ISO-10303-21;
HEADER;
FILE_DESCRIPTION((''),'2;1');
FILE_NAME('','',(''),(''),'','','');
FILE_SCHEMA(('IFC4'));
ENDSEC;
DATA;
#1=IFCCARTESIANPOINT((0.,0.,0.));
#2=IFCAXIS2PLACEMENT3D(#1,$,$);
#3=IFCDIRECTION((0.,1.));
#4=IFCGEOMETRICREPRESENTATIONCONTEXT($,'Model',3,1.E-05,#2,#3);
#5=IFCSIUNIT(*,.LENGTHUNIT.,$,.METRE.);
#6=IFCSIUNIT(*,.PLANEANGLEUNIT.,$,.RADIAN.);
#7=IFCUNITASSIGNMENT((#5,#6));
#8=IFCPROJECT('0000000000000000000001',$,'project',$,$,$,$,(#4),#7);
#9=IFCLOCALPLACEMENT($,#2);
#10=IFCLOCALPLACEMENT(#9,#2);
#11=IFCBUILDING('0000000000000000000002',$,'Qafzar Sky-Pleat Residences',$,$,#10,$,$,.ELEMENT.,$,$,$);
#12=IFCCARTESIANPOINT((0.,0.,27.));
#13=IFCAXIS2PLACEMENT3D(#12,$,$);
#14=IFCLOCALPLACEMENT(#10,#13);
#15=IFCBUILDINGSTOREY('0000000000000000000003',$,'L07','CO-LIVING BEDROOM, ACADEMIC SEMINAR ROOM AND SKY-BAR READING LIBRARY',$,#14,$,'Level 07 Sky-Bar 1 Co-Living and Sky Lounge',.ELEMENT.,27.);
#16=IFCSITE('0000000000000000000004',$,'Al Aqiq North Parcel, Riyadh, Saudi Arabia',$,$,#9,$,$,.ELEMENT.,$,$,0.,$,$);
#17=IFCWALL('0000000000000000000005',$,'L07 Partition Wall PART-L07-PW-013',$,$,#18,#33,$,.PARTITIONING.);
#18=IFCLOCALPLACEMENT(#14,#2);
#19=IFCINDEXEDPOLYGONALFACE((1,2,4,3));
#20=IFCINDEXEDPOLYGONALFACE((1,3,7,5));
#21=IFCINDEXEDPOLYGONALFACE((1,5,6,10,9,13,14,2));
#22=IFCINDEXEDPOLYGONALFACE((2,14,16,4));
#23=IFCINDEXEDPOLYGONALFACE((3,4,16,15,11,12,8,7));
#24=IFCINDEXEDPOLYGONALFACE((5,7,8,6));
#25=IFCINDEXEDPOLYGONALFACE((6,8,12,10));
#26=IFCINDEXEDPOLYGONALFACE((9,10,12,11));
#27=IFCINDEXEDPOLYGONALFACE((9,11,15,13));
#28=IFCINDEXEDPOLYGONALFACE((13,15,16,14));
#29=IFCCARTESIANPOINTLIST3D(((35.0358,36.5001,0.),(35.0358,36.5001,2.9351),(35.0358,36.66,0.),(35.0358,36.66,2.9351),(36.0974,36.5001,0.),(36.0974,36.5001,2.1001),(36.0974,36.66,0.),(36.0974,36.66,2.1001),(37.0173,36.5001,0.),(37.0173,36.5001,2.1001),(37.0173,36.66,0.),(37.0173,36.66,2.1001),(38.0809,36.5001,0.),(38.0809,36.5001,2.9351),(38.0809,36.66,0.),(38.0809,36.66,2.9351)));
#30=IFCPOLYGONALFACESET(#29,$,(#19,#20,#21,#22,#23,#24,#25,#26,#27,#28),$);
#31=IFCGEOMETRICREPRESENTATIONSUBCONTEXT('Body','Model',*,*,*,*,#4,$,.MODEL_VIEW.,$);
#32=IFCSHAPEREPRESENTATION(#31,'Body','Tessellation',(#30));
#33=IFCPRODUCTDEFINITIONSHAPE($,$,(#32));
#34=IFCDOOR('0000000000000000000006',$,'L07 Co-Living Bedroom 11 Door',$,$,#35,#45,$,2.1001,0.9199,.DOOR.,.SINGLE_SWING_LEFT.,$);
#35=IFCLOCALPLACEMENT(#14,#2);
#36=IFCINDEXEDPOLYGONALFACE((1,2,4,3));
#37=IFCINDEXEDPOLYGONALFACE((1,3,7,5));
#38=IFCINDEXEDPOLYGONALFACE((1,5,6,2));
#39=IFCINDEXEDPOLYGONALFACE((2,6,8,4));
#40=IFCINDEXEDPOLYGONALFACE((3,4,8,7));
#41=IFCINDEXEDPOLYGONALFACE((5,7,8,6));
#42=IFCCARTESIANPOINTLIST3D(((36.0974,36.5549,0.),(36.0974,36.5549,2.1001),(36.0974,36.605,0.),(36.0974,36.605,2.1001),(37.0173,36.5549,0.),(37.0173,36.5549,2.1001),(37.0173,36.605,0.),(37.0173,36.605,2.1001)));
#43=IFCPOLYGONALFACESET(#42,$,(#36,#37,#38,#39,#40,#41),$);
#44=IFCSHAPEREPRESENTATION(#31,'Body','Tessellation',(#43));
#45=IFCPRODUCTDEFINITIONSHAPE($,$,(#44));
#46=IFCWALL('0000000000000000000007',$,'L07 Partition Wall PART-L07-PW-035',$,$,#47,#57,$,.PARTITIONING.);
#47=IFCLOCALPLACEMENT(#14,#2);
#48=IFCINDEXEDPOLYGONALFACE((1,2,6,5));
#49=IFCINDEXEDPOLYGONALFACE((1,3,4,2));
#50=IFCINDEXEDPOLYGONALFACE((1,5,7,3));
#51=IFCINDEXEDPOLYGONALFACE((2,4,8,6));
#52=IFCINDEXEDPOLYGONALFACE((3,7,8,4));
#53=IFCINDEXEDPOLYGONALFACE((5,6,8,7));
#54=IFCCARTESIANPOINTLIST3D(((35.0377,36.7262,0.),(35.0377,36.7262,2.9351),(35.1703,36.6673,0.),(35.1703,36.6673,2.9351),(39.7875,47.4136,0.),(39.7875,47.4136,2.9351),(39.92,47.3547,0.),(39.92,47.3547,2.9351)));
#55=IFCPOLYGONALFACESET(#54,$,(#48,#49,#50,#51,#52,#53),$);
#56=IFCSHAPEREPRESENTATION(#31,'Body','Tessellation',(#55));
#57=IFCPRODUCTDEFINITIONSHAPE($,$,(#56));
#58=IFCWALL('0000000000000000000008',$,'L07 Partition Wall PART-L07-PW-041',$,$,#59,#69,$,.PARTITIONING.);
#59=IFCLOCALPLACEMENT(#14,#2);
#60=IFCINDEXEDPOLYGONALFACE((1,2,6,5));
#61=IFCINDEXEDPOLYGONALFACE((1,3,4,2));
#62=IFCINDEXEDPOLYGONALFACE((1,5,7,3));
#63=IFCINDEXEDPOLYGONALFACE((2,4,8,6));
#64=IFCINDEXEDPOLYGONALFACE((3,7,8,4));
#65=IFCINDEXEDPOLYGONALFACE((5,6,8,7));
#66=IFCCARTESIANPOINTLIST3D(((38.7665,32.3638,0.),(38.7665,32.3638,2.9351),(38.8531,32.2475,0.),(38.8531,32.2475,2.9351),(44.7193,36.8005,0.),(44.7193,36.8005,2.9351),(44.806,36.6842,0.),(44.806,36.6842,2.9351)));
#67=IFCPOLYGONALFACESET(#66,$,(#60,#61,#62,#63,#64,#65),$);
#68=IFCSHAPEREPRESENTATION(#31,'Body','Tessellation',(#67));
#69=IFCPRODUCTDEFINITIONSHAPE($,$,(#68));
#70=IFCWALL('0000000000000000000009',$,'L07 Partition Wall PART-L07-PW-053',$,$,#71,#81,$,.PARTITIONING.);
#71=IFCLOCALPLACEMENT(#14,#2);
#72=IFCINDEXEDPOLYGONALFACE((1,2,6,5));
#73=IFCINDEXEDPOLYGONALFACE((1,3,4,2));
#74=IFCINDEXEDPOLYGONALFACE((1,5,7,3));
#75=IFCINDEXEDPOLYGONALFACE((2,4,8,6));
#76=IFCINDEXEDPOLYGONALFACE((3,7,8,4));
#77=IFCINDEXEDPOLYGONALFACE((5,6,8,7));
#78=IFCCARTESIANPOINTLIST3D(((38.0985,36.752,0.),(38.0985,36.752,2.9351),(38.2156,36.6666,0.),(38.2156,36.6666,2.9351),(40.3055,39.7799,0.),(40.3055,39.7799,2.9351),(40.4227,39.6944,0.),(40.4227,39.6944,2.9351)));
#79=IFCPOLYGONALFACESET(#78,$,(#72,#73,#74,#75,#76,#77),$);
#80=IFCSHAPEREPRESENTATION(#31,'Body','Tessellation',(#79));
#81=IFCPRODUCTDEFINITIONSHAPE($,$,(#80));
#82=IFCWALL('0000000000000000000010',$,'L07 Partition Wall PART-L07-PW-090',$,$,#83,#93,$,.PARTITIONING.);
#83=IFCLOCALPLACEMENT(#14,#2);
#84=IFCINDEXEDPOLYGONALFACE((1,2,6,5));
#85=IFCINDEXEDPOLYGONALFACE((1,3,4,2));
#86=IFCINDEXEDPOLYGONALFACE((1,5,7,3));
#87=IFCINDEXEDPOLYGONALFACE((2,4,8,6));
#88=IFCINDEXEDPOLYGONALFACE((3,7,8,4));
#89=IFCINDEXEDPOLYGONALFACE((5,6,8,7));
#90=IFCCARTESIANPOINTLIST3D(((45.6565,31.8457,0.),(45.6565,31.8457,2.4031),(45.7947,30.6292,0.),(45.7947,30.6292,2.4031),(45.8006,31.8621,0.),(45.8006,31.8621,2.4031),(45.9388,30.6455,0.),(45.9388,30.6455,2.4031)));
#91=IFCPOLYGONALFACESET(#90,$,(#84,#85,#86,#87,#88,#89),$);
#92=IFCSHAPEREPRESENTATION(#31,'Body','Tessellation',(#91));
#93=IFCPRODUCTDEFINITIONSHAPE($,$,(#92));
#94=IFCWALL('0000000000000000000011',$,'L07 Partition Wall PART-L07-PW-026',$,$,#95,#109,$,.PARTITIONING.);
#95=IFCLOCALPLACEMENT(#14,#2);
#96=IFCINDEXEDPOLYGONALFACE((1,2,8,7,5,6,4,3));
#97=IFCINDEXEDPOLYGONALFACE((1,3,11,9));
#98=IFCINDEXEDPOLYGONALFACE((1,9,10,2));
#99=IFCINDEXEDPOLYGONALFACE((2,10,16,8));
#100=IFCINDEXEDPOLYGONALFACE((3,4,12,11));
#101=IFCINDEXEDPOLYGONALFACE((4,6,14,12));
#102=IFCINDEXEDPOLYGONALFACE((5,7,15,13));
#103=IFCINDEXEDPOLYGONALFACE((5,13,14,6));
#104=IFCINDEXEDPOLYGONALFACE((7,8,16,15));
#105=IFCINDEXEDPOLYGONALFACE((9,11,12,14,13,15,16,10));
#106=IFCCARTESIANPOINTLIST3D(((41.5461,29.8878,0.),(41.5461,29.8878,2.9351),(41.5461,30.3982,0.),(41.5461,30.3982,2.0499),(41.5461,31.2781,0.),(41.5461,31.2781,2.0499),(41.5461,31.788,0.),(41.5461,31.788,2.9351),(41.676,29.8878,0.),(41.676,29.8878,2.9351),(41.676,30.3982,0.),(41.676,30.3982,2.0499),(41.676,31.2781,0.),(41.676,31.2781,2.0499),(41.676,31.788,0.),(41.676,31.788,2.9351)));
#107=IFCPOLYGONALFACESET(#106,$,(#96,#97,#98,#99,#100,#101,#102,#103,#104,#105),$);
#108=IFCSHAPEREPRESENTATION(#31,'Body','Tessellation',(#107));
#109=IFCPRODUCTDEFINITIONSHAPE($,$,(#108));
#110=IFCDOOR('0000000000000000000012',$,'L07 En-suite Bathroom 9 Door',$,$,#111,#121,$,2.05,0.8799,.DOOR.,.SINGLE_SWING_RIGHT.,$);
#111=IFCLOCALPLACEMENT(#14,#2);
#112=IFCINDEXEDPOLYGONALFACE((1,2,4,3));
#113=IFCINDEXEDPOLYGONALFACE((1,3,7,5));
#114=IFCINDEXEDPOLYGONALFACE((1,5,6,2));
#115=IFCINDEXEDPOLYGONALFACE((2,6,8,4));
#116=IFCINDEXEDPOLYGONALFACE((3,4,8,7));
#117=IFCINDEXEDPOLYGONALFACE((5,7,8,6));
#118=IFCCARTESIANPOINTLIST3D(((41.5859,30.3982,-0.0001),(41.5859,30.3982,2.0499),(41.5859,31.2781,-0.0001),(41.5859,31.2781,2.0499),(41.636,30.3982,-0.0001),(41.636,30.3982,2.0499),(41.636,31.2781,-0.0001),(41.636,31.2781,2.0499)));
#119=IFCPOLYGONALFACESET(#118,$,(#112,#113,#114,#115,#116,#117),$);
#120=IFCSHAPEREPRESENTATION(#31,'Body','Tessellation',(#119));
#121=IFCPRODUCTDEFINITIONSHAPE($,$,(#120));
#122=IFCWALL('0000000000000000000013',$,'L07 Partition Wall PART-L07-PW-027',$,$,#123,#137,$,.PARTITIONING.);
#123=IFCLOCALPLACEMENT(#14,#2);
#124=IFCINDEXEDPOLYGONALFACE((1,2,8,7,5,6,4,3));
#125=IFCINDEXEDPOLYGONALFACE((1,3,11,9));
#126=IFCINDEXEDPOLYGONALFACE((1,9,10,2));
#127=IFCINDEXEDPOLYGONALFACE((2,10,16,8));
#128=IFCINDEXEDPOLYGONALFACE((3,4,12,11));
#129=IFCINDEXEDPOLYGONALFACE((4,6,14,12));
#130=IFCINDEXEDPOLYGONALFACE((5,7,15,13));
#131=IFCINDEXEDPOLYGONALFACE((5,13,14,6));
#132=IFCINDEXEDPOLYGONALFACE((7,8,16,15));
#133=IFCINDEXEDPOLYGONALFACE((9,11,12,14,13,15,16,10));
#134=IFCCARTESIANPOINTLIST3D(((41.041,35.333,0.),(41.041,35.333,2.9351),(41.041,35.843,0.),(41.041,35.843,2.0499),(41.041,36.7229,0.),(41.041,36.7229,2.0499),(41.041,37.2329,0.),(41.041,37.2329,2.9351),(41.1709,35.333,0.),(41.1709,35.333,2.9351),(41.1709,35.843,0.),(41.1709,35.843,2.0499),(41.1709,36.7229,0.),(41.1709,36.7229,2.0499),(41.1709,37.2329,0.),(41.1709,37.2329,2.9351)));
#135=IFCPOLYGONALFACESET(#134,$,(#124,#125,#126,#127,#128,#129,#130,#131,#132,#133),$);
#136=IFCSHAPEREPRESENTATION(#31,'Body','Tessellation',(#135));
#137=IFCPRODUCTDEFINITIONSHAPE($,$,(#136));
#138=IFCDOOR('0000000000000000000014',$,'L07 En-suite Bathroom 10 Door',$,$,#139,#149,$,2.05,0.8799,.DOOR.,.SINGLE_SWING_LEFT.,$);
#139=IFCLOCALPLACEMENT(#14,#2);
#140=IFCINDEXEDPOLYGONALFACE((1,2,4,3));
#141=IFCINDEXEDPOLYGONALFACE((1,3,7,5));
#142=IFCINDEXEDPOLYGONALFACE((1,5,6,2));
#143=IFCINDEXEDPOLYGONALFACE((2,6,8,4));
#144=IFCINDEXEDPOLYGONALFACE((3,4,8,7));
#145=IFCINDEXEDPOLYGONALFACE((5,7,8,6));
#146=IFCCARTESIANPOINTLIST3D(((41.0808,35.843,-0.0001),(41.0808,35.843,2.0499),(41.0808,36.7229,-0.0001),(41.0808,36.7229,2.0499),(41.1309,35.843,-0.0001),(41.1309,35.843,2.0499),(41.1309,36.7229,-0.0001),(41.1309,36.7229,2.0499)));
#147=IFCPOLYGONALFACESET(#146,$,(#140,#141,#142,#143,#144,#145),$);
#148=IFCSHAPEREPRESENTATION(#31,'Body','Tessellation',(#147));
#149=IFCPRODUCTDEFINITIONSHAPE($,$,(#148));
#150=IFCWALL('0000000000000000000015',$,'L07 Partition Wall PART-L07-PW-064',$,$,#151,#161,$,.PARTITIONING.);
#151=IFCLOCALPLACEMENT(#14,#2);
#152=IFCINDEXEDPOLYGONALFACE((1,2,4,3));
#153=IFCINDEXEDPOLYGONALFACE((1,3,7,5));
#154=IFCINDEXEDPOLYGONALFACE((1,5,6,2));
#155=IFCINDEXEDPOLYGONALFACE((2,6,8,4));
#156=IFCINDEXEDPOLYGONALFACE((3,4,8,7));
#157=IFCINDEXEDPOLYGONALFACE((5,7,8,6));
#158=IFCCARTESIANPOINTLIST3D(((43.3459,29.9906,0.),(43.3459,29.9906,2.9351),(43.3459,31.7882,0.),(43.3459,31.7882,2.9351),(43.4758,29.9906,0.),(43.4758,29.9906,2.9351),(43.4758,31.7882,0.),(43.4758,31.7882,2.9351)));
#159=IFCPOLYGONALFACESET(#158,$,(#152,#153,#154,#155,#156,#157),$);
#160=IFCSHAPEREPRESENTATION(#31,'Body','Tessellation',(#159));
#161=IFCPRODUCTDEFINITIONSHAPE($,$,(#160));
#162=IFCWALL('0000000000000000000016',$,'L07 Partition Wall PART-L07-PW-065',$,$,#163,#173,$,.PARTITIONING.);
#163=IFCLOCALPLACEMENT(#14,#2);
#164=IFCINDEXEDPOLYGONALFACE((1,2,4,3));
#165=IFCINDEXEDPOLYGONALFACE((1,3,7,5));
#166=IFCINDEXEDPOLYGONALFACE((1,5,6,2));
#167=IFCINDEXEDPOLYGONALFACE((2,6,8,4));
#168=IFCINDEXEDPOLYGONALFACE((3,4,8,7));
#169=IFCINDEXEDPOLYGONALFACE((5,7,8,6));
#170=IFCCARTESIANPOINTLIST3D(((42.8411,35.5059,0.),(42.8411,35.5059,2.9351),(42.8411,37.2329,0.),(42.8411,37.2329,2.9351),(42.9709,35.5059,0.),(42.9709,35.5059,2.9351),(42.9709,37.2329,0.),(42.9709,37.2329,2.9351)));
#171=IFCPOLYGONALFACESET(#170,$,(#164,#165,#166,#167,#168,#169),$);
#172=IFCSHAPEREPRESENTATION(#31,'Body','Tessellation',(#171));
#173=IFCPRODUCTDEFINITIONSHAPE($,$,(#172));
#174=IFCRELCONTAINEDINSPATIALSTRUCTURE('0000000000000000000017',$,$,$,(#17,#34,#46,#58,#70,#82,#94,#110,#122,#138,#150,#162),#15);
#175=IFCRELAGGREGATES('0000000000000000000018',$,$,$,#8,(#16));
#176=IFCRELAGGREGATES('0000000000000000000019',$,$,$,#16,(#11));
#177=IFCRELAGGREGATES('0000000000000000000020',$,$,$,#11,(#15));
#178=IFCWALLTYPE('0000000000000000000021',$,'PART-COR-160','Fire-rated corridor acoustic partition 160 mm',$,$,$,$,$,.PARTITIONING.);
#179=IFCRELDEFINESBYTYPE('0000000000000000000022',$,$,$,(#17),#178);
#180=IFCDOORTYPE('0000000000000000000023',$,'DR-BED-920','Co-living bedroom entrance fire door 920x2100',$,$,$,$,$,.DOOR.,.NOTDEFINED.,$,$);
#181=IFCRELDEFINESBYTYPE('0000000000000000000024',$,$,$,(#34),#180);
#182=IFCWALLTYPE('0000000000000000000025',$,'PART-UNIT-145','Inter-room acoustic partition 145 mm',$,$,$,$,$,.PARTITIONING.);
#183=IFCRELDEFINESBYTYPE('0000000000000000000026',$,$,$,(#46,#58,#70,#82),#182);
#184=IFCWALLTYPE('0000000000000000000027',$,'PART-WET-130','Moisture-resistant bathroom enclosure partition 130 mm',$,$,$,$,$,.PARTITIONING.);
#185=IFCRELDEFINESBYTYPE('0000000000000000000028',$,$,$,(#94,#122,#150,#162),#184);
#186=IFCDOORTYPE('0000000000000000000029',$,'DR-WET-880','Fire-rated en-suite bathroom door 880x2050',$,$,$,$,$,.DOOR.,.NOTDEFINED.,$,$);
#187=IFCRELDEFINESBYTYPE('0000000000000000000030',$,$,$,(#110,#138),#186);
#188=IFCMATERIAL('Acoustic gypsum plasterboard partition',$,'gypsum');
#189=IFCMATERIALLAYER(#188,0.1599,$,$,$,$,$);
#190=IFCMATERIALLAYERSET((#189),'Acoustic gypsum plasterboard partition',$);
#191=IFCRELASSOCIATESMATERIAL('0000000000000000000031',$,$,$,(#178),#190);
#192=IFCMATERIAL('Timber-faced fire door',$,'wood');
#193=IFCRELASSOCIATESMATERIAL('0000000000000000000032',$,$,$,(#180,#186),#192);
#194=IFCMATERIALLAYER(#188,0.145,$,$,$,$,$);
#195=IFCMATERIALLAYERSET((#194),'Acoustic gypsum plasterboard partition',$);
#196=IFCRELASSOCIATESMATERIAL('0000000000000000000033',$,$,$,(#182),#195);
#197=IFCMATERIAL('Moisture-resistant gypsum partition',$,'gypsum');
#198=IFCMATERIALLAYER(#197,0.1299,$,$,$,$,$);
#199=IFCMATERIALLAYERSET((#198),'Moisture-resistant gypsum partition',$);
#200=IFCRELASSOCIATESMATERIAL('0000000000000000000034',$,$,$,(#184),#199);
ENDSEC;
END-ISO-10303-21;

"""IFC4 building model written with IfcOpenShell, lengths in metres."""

from ifc_helpers import new_model, si_unit, direction, frame, frame_2d, origin, place, context, subcontext, project, spatial, rectangle, extrude, source, transform, mapped, material, layer, layer_set, type_object, element, fill, save


model = new_model("IFC4")

# Units and contexts
model_context = context("Model", 3, precision=1e-05, world=origin(), true_north=direction((0.0, 1.0)))
body_context = subcontext(model_context, "Body", "Model", "MODEL_VIEW")
ifc_project = project(units=[si_unit("LENGTHUNIT", "METRE"), si_unit("PLANEANGLEUNIT", "RADIAN")], contexts=[model_context])

# Site, building, storey
site_placement = place(None, origin())
site = spatial("IfcSite", under=ifc_project, at=site_placement, Name="Al Aqiq North Parcel, Riyadh, Saudi Arabia", CompositionType="ELEMENT", RefElevation=0.0)
building_placement = place(site_placement, origin())
building = spatial("IfcBuilding", under=site, at=building_placement, Name="Qafzar Sky-Pleat Residences", CompositionType="ELEMENT")
storey_placement = place(building_placement, frame((0.0, 0.0, 27.0)))
storey = spatial("IfcBuildingStorey", under=building, at=storey_placement, Name="L07", Description="CO-LIVING BEDROOM, ACADEMIC SEMINAR ROOM AND SKY-BAR READING LIBRARY", LongName="Level 07 Sky-Bar 1 Co-Living and Sky Lounge", CompositionType="ELEMENT", Elevation=27.0)

# Wall, opening, door
ifc_material_1 = material(Name="Acoustic gypsum plasterboard partition", Category="gypsum")
ifc_layer_1 = layer(ifc_material_1, 0.1599)
ifc_layer_set_1 = layer_set([ifc_layer_1], Name="Acoustic gypsum plasterboard partition")
wall_type_1 = type_object("IfcWallType", Name="PART-COR-160", Description="Fire-rated corridor acoustic partition 160 mm", PredefinedType="PARTITIONING", material=ifc_layer_set_1)
ifc_material_2 = material(Name="Timber-faced fire door", Category="wood")
door_type_1 = type_object("IfcDoorType", Name="DR-BED-920", Description="Co-living bedroom entrance fire door 920x2100", OperationType="NOTDEFINED", PredefinedType="DOOR", material=ifc_material_2)
shared_shape_1 = source(origin(), body_context, "Body", "SweptSolid", [
    extrude(rectangle(XDim=0.9199, YDim=2.1001, at=frame_2d((0.46, 1.05))), frame((0.0, 0.0249, 0.0), z_axis=(0.0, -1.0, 0.0), x_axis=(1.0, 0.0, 0.0)), (0.0, 0.0, 1.0), 0.05),
])
wall_1_placement = place(storey_placement, frame((35.0359, 36.5801, 0.0), z_axis=(0.0, 0.0, 1.0), x_axis=(1.0, 0.0, 0.0)))
wall_1 = element("IfcWall", 1, at=wall_1_placement, inside=storey, type_object=wall_type_1, Name="L07 Partition Wall PART-L07-PW-013", PredefinedType="PARTITIONING", context=body_context, shape_type="SweptSolid", body=[
    extrude(rectangle(XDim=3.0452, YDim=0.1599, at=frame_2d((1.5225, 0.0))), origin(), (0.0, 0.0, 1.0), 2.9351),
])
opening_1_placement = place(wall_1_placement, frame((1.0615, 0.0, 0.0)))
opening_1 = element("IfcOpeningElement", 2, at=opening_1_placement, cuts=wall_1, PredefinedType="OPENING", context=body_context, shape_type="SweptSolid", body=[
    extrude(rectangle(XDim=0.9199, YDim=2.1001, at=frame_2d((0.46, 1.05))), frame((0.0, 0.0898, 0.0), z_axis=(0.0, -1.0, 0.0), x_axis=(1.0, 0.0, 0.0)), (0.0, 0.0, 1.0), 0.1799),
])
door_1_placement = place(opening_1_placement, origin())
door_1 = element("IfcDoor", 3, at=door_1_placement, inside=storey, type_object=door_type_1, Name="L07 Co-Living Bedroom 11 Door", OperationType="SINGLE_SWING_LEFT", OverallHeight=2.1001, OverallWidth=0.9199, PredefinedType="DOOR", context=body_context, shape_type="MappedRepresentation", body=[
    mapped(shared_shape_1, transform((0.0, 0.0, 0.0), x_axis=(1.0, 0.0, 0.0), y_axis=(0.0, 1.0, 0.0), z_axis=(0.0, 0.0, 1.0), scale=1.0)),
])
fill(opening_1, door_1)

# Walls
ifc_layer_2 = layer(ifc_material_1, 0.145)
ifc_layer_set_2 = layer_set([ifc_layer_2], Name="Acoustic gypsum plasterboard partition")
wall_type_2 = type_object("IfcWallType", Name="PART-UNIT-145", Description="Inter-room acoustic partition 145 mm", PredefinedType="PARTITIONING", material=ifc_layer_set_2)
wall_2_placement = place(storey_placement, frame((35.104, 36.6968, 0.0), z_axis=(0.0, 0.0, 1.0), x_axis=(0.406121, 0.913819, 0.0)))
element("IfcWall", 4, at=wall_2_placement, inside=storey, type_object=wall_type_2, Name="L07 Partition Wall PART-L07-PW-035", PredefinedType="PARTITIONING", context=body_context, shape_type="SweptSolid", body=[
    extrude(rectangle(XDim=11.6953, YDim=0.145, at=frame_2d((5.8477, 0.0))), origin(), (0.0, 0.0, 1.0), 2.9351),
])
wall_3_placement = place(storey_placement, frame((38.8098, 32.3057, 0.0), z_axis=(0.0, 0.0, 1.0), x_axis=(0.8018, 0.597593, 0.0)))
element("IfcWall", 5, at=wall_3_placement, inside=storey, type_object=wall_type_2, Name="L07 Partition Wall PART-L07-PW-041", PredefinedType="PARTITIONING", context=body_context, shape_type="SweptSolid", body=[
    extrude(rectangle(XDim=7.4243, YDim=0.145, at=frame_2d((3.7122, 0.0))), origin(), (0.0, 0.0, 1.0), 2.9351),
])
wall_4_placement = place(storey_placement, frame((38.157, 36.7092, 0.0), z_axis=(0.0, 0.0, 1.0), x_axis=(0.589039, 0.808104, 0.0)))
element("IfcWall", 6, at=wall_4_placement, inside=storey, type_object=wall_type_2, Name="L07 Partition Wall PART-L07-PW-053", PredefinedType="PARTITIONING", context=body_context, shape_type="SweptSolid", body=[
    extrude(rectangle(XDim=3.7468, YDim=0.145, at=frame_2d((1.8735, 0.0))), origin(), (0.0, 0.0, 1.0), 2.9351),
])
wall_5_placement = place(storey_placement, frame((45.7285, 31.854, 0.0), z_axis=(0.0, 0.0, 1.0), x_axis=(0.11286, -0.993611, 0.0)))
element("IfcWall", 7, at=wall_5_placement, inside=storey, type_object=wall_type_2, Name="L07 Partition Wall PART-L07-PW-090", PredefinedType="PARTITIONING", context=body_context, shape_type="SweptSolid", body=[
    extrude(rectangle(XDim=1.2244, YDim=0.145, at=frame_2d((0.6123, 0.0))), origin(), (0.0, 0.0, 1.0), 2.4031),
])

# Walls, openings, doors
ifc_material_3 = material(Name="Moisture-resistant gypsum partition", Category="gypsum")
ifc_layer_3 = layer(ifc_material_3, 0.1299)
ifc_layer_set_3 = layer_set([ifc_layer_3], Name="Moisture-resistant gypsum partition")
wall_type_3 = type_object("IfcWallType", Name="PART-WET-130", Description="Moisture-resistant bathroom enclosure partition 130 mm", PredefinedType="PARTITIONING", material=ifc_layer_set_3)
wall_6_placement = place(storey_placement, frame((41.6111, 31.7881, 0.0), z_axis=(0.0, 0.0, 1.0), x_axis=(0.0, -1.0, 0.0)))
wall_6 = element("IfcWall", 8, at=wall_6_placement, inside=storey, type_object=wall_type_3, Name="L07 Partition Wall PART-L07-PW-026", PredefinedType="PARTITIONING", context=body_context, shape_type="SweptSolid", body=[
    extrude(rectangle(XDim=1.9001, YDim=0.1299, at=frame_2d((0.9502, 0.0))), origin(), (0.0, 0.0, 1.0), 2.9351),
])
opening_2_placement = place(wall_6_placement, frame((0.51, 0.0, 0.0)))
opening_2 = element("IfcOpeningElement", 9, at=opening_2_placement, cuts=wall_6, PredefinedType="OPENING", context=body_context, shape_type="SweptSolid", body=[
    extrude(rectangle(XDim=0.8799, YDim=2.05, at=frame_2d((0.4399, 1.0249))), frame((0.0, 0.075, 0.0), z_axis=(0.0, -1.0, 0.0), x_axis=(1.0, 0.0, 0.0)), (0.0, 0.0, 1.0), 0.1499),
])
door_type_2 = type_object("IfcDoorType", Name="DR-WET-880", Description="Fire-rated en-suite bathroom door 880x2050", OperationType="NOTDEFINED", PredefinedType="DOOR", material=ifc_material_2)
shared_shape_2 = source(origin(), body_context, "Body", "SweptSolid", [
    extrude(rectangle(XDim=0.8799, YDim=2.05, at=frame_2d((0.4399, 1.0249))), frame((0.0, 0.0249, 0.0), z_axis=(0.0, -1.0, 0.0), x_axis=(1.0, 0.0, 0.0)), (0.0, 0.0, 1.0), 0.05),
])
door_2_placement = place(opening_2_placement, origin())
door_2 = element("IfcDoor", 10, at=door_2_placement, inside=storey, type_object=door_type_2, Name="L07 En-suite Bathroom 9 Door", OperationType="SINGLE_SWING_RIGHT", OverallHeight=2.05, OverallWidth=0.8799, PredefinedType="DOOR", context=body_context, shape_type="MappedRepresentation", body=[
    mapped(shared_shape_2, transform((0.0, 0.0, 0.0), x_axis=(1.0, 0.0, 0.0), y_axis=(0.0, 1.0, 0.0), z_axis=(0.0, 0.0, 1.0), scale=1.0)),
])
fill(opening_2, door_2)
wall_7_placement = place(storey_placement, frame((41.106, 37.2329, 0.0), z_axis=(0.0, 0.0, 1.0), x_axis=(0.0, -1.0, 0.0)))
wall_7 = element("IfcWall", 11, at=wall_7_placement, inside=storey, type_object=wall_type_3, Name="L07 Partition Wall PART-L07-PW-027", PredefinedType="PARTITIONING", context=body_context, shape_type="SweptSolid", body=[
    extrude(rectangle(XDim=1.8999, YDim=0.1299, at=frame_2d((0.95, 0.0))), origin(), (0.0, 0.0, 1.0), 2.9351),
])
opening_3_placement = place(wall_7_placement, frame((0.51, 0.0, 0.0)))
opening_3 = element("IfcOpeningElement", 12, at=opening_3_placement, cuts=wall_7, PredefinedType="OPENING", context=body_context, shape_type="SweptSolid", body=[
    extrude(rectangle(XDim=0.8799, YDim=2.05, at=frame_2d((0.4399, 1.0249))), frame((0.0, 0.075, 0.0), z_axis=(0.0, -1.0, 0.0), x_axis=(1.0, 0.0, 0.0)), (0.0, 0.0, 1.0), 0.1499),
])
door_3_placement = place(opening_3_placement, origin())
door_3 = element("IfcDoor", 13, at=door_3_placement, inside=storey, type_object=door_type_2, Name="L07 En-suite Bathroom 10 Door", OperationType="SINGLE_SWING_LEFT", OverallHeight=2.05, OverallWidth=0.8799, PredefinedType="DOOR", context=body_context, shape_type="MappedRepresentation", body=[
    mapped(shared_shape_2, transform((0.0, 0.0, 0.0), x_axis=(1.0, 0.0, 0.0), y_axis=(0.0, 1.0, 0.0), z_axis=(0.0, 0.0, 1.0), scale=1.0)),
])
fill(opening_3, door_3)

# Walls
wall_8_placement = place(storey_placement, frame((43.4109, 29.9905, 0.0), z_axis=(0.0, 0.0, 1.0), x_axis=(0.0, 1.0, 0.0)))
element("IfcWall", 14, at=wall_8_placement, inside=storey, type_object=wall_type_3, Name="L07 Partition Wall PART-L07-PW-064", PredefinedType="PARTITIONING", context=body_context, shape_type="SweptSolid", body=[
    extrude(rectangle(XDim=1.7976, YDim=0.1299, at=frame_2d((0.8989, 0.0))), origin(), (0.0, 0.0, 1.0), 2.9351),
])
wall_9_placement = place(storey_placement, frame((42.906, 35.5059, 0.0), z_axis=(0.0, 0.0, 1.0), x_axis=(0.0, 1.0, 0.0)))
element("IfcWall", 15, at=wall_9_placement, inside=storey, type_object=wall_type_3, Name="L07 Partition Wall PART-L07-PW-065", PredefinedType="PARTITIONING", context=body_context, shape_type="SweptSolid", body=[
    extrude(rectangle(XDim=1.7271, YDim=0.1299, at=frame_2d((0.8635, 0.0))), origin(), (0.0, 0.0, 1.0), 2.9351),
])

save(model, "model.ifc")
